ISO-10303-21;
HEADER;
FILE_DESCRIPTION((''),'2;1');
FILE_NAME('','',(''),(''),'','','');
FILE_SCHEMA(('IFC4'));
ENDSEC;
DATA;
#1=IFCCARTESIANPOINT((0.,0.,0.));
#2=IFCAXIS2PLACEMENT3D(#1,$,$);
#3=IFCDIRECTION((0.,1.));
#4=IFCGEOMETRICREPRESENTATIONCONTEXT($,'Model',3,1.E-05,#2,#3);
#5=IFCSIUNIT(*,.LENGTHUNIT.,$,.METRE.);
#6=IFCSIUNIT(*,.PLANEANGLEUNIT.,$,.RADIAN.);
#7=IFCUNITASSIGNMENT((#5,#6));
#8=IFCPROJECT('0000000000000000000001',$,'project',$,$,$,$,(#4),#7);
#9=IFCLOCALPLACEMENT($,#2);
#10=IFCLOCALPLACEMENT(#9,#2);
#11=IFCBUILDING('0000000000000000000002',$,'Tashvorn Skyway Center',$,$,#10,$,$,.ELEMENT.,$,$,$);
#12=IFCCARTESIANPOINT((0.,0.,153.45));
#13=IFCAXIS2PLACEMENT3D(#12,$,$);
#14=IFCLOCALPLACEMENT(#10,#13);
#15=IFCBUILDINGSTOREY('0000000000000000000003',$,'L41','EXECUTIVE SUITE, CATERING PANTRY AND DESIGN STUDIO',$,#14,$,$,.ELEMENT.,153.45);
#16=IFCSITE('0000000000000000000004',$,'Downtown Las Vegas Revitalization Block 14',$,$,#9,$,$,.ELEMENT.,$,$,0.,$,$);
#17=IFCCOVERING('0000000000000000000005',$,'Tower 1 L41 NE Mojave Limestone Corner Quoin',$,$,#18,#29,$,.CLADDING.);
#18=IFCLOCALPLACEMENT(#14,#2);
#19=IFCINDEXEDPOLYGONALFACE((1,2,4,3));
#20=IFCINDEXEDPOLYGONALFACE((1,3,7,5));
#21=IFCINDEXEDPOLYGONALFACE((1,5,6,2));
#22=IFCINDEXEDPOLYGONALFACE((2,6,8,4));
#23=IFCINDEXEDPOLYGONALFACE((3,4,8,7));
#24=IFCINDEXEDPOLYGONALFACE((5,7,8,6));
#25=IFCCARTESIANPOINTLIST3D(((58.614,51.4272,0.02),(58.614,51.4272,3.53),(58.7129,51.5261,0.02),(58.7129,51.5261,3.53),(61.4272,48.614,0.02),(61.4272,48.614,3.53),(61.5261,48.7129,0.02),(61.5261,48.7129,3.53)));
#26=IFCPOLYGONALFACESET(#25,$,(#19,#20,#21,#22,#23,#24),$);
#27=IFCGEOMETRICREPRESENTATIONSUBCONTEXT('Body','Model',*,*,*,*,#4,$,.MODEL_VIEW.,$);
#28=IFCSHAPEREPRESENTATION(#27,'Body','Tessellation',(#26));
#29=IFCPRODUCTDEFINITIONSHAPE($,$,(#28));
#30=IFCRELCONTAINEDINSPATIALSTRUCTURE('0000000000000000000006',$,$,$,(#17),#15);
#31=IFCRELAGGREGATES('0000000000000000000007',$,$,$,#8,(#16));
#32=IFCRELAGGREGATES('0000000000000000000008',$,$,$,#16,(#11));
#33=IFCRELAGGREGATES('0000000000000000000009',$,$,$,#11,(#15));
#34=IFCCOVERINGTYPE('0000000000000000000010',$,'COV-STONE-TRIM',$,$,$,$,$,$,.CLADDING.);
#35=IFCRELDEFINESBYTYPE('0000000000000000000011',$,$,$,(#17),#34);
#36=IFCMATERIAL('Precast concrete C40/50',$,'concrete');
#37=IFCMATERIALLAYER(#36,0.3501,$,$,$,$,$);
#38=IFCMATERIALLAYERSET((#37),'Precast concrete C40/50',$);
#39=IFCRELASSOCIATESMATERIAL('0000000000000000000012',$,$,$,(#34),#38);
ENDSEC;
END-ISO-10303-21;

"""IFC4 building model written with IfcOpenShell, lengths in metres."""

from ifc_helpers import new_model, si_unit, direction, frame, origin, origin_2d, place, context, subcontext, project, spatial, rectangle, extrude, material, layer, layer_set, type_object, element, save


model = new_model("IFC4")

# Units and contexts
model_context = context("Model", 3, precision=1e-05, world=origin(), true_north=direction((0.0, 1.0)))
body_context = subcontext(model_context, "Body", "Model", "MODEL_VIEW")
ifc_project = project(units=[si_unit("LENGTHUNIT", "METRE"), si_unit("PLANEANGLEUNIT", "RADIAN")], contexts=[model_context])

# Site, building, storey
site_placement = place(None, origin())
site = spatial("IfcSite", under=ifc_project, at=site_placement, Name="Downtown Las Vegas Revitalization Block 14", CompositionType="ELEMENT", RefElevation=0.0)
building_placement = place(site_placement, origin())
building = spatial("IfcBuilding", under=site, at=building_placement, Name="Tashvorn Skyway Center", CompositionType="ELEMENT")
storey_placement = place(building_placement, frame((0.0, 0.0, 153.45)))
storey = spatial("IfcBuildingStorey", under=building, at=storey_placement, Name="L41", Description="EXECUTIVE SUITE, CATERING PANTRY AND DESIGN STUDIO", CompositionType="ELEMENT", Elevation=153.45)

# Shared definitions
ifc_material_1 = material(Name="Precast concrete C40/50", Category="concrete")

# Covering
ifc_layer_1 = layer(ifc_material_1, 0.3501)
ifc_layer_set_1 = layer_set([ifc_layer_1], Name="Precast concrete C40/50")
covering_type_1 = type_object("IfcCoveringType", Name="COV-STONE-TRIM", PredefinedType="CLADDING", material=ifc_layer_set_1)
covering_1_placement = place(storey_placement, frame((60.0701, 50.0701, 0.02), z_axis=(0.0, 0.0, 1.0), x_axis=(0.707107, -0.707107, 0.0)))
element("IfcCovering", 1, at=covering_1_placement, inside=storey, type_object=covering_type_1, Name="Tower 1 L41 NE Mojave Limestone Corner Quoin", PredefinedType="CLADDING", context=body_context, shape_type="SweptSolid", body=[
    extrude(rectangle(XDim=3.9785, YDim=0.1399, at=origin_2d()), origin(), (0.0, 0.0, 1.0), 3.51),
])

save(model, "model.ifc")
